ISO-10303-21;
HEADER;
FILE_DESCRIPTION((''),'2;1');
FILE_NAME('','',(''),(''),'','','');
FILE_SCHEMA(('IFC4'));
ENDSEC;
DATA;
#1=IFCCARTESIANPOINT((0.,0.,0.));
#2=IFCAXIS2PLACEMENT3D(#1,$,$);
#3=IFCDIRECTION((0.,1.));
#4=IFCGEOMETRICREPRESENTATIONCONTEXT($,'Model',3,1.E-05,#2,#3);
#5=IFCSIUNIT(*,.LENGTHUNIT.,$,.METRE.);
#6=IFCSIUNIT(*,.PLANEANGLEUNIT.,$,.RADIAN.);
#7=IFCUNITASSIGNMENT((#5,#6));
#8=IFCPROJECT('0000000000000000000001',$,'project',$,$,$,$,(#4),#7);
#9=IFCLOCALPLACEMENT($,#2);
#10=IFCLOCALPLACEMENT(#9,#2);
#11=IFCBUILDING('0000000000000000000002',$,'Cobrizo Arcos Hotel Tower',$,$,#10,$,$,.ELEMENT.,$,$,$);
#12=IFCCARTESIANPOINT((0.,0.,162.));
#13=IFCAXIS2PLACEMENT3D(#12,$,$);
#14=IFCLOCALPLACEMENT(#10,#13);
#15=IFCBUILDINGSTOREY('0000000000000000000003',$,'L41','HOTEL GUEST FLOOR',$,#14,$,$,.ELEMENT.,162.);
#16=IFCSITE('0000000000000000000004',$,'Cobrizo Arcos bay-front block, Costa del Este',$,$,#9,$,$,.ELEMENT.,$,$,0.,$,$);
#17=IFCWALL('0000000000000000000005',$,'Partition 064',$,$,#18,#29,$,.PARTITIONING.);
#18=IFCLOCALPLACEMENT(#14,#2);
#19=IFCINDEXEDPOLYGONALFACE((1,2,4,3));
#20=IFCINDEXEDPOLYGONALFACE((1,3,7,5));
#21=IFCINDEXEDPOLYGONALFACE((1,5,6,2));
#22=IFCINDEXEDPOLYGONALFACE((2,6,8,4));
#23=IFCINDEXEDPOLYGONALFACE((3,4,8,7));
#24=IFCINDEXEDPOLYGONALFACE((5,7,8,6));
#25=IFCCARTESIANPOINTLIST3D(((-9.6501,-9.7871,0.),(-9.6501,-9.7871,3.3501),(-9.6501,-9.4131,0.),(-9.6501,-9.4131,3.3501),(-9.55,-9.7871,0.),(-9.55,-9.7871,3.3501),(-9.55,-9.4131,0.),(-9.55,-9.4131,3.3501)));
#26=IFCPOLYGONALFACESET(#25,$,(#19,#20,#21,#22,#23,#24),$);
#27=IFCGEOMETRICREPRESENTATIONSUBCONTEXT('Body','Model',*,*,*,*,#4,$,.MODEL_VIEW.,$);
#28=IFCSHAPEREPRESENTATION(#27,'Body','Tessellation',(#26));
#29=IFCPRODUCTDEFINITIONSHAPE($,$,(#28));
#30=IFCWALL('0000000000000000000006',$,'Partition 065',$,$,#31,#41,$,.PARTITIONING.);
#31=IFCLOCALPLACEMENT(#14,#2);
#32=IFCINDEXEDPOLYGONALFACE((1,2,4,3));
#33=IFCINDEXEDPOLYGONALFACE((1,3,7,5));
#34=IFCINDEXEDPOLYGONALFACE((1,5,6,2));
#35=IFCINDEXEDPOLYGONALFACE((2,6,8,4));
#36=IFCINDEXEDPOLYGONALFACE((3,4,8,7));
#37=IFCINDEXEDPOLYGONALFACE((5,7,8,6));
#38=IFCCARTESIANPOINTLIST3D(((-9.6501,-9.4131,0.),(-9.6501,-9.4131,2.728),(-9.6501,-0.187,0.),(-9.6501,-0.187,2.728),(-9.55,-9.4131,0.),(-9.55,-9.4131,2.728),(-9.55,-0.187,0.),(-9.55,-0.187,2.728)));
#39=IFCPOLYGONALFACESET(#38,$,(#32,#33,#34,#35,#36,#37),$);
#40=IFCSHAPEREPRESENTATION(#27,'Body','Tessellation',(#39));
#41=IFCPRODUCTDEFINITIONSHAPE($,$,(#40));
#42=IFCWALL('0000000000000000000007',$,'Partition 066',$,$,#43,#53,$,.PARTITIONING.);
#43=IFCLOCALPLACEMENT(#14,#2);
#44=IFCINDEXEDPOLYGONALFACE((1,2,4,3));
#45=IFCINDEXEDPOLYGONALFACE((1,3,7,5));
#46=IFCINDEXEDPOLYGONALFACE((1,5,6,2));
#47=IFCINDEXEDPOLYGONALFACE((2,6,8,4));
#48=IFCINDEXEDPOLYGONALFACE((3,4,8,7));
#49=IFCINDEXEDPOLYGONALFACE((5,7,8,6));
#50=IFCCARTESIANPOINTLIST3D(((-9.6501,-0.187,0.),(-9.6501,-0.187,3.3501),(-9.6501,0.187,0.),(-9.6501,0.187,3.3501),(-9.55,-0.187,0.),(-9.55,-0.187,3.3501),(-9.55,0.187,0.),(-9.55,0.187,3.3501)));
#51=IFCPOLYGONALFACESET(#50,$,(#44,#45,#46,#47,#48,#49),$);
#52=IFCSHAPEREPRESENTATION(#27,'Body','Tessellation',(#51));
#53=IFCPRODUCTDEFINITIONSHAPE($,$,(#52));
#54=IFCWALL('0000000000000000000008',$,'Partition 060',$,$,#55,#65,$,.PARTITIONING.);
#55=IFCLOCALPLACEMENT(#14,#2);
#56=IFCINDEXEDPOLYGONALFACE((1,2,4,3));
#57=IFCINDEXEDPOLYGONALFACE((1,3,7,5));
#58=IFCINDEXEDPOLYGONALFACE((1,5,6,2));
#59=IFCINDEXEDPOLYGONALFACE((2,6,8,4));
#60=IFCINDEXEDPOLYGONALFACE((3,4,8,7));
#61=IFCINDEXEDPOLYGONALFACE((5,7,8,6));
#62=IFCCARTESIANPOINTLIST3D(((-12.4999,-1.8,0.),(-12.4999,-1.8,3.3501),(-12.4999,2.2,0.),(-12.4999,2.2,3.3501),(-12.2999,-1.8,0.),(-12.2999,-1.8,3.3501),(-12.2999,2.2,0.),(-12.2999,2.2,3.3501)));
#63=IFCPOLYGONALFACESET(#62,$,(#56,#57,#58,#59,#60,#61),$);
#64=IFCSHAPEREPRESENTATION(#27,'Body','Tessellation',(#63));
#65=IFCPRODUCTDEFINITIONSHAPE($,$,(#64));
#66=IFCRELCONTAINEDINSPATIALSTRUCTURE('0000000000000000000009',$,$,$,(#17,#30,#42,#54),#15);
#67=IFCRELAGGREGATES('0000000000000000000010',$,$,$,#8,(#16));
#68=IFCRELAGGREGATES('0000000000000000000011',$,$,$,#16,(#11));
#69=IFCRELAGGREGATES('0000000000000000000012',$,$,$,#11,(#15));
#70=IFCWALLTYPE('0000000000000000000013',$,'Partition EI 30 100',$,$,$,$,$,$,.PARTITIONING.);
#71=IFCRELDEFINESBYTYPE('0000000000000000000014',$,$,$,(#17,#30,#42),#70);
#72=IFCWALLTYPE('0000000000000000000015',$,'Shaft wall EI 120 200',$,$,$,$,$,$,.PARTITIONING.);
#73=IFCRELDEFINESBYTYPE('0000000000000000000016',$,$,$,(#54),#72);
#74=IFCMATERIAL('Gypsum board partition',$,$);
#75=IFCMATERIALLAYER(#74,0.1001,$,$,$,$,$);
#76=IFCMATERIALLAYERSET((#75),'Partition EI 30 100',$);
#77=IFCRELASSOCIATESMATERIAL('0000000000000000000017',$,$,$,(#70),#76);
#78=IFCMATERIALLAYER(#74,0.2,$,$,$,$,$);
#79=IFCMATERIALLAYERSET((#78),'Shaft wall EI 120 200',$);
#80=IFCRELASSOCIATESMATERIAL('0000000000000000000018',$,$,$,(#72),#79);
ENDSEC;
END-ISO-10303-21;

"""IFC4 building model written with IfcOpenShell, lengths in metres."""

from ifc_helpers import new_model, si_unit, direction, frame, frame_2d, origin, place, context, subcontext, project, spatial, rectangle, extrude, material, layer, layer_set, type_object, element, save


model = new_model("IFC4")

# Units and contexts
model_context = context("Model", 3, precision=1e-05, world=origin(), true_north=direction((0.0, 1.0)))
body_context = subcontext(model_context, "Body", "Model", "MODEL_VIEW")
ifc_project = project(units=[si_unit("LENGTHUNIT", "METRE"), si_unit("PLANEANGLEUNIT", "RADIAN")], contexts=[model_context])

# Site, building, storey
site_placement = place(None, origin())
site = spatial("IfcSite", under=ifc_project, at=site_placement, Name="Cobrizo Arcos bay-front block, Costa del Este", CompositionType="ELEMENT", RefElevation=0.0)
building_placement = place(site_placement, origin())
building = spatial("IfcBuilding", under=site, at=building_placement, Name="Cobrizo Arcos Hotel Tower", CompositionType="ELEMENT")
storey_placement = place(building_placement, frame((0.0, 0.0, 162.0)))
storey = spatial("IfcBuildingStorey", under=building, at=storey_placement, Name="L41", Description="HOTEL GUEST FLOOR", CompositionType="ELEMENT", Elevation=162.0)

# Shared definitions
ifc_material_1 = material(Name="Gypsum board partition")

# Walls
ifc_layer_1 = layer(ifc_material_1, 0.1001)
ifc_layer_set_1 = layer_set([ifc_layer_1], Name="Partition EI 30 100")
wall_type_1 = type_object("IfcWallType", Name="Partition EI 30 100", PredefinedType="PARTITIONING", material=ifc_layer_set_1)
wall_1_placement = place(storey_placement, frame((-9.6001, -9.7871, 0.0), z_axis=(0.0, 0.0, 1.0), x_axis=(0.0, 1.0, 0.0)))
element("IfcWall", 1, at=wall_1_placement, inside=storey, type_object=wall_type_1, Name="Partition 064", PredefinedType="PARTITIONING", context=body_context, shape_type="SweptSolid", body=[
    extrude(rectangle(XDim=0.374, YDim=0.1001, at=frame_2d((0.187, 0.0))), origin(), (0.0, 0.0, 1.0), 3.3501),
])
wall_2_placement = place(storey_placement, frame((-9.6001, -9.4131, 0.0), z_axis=(0.0, 0.0, 1.0), x_axis=(0.0, 1.0, 0.0)))
element("IfcWall", 2, at=wall_2_placement, inside=storey, type_object=wall_type_1, Name="Partition 065", PredefinedType="PARTITIONING", context=body_context, shape_type="SweptSolid", body=[
    extrude(rectangle(XDim=9.2261, YDim=0.1001, at=frame_2d((4.613, 0.0))), origin(), (0.0, 0.0, 1.0), 2.728),
])
wall_3_placement = place(storey_placement, frame((-9.6001, -0.187, 0.0), z_axis=(0.0, 0.0, 1.0), x_axis=(0.0, 1.0, 0.0)))
element("IfcWall", 3, at=wall_3_placement, inside=storey, type_object=wall_type_1, Name="Partition 066", PredefinedType="PARTITIONING", context=body_context, shape_type="SweptSolid", body=[
    extrude(rectangle(XDim=0.374, YDim=0.1001, at=frame_2d((0.187, 0.0))), origin(), (0.0, 0.0, 1.0), 3.3501),
])
ifc_layer_2 = layer(ifc_material_1, 0.2)
ifc_layer_set_2 = layer_set([ifc_layer_2], Name="Shaft wall EI 120 200")
wall_type_2 = type_object("IfcWallType", Name="Shaft wall EI 120 200", PredefinedType="PARTITIONING", material=ifc_layer_set_2)
wall_4_placement = place(storey_placement, frame((-12.3999, -1.8, 0.0), z_axis=(0.0, 0.0, 1.0), x_axis=(0.0, 1.0, 0.0)))
element("IfcWall", 4, at=wall_4_placement, inside=storey, type_object=wall_type_2, Name="Partition 060", PredefinedType="PARTITIONING", context=body_context, shape_type="SweptSolid", body=[
    extrude(rectangle(XDim=4.0, YDim=0.2, at=frame_2d((2.0, 0.0))), origin(), (0.0, 0.0, 1.0), 3.3501),
])

save(model, "model.ifc")
